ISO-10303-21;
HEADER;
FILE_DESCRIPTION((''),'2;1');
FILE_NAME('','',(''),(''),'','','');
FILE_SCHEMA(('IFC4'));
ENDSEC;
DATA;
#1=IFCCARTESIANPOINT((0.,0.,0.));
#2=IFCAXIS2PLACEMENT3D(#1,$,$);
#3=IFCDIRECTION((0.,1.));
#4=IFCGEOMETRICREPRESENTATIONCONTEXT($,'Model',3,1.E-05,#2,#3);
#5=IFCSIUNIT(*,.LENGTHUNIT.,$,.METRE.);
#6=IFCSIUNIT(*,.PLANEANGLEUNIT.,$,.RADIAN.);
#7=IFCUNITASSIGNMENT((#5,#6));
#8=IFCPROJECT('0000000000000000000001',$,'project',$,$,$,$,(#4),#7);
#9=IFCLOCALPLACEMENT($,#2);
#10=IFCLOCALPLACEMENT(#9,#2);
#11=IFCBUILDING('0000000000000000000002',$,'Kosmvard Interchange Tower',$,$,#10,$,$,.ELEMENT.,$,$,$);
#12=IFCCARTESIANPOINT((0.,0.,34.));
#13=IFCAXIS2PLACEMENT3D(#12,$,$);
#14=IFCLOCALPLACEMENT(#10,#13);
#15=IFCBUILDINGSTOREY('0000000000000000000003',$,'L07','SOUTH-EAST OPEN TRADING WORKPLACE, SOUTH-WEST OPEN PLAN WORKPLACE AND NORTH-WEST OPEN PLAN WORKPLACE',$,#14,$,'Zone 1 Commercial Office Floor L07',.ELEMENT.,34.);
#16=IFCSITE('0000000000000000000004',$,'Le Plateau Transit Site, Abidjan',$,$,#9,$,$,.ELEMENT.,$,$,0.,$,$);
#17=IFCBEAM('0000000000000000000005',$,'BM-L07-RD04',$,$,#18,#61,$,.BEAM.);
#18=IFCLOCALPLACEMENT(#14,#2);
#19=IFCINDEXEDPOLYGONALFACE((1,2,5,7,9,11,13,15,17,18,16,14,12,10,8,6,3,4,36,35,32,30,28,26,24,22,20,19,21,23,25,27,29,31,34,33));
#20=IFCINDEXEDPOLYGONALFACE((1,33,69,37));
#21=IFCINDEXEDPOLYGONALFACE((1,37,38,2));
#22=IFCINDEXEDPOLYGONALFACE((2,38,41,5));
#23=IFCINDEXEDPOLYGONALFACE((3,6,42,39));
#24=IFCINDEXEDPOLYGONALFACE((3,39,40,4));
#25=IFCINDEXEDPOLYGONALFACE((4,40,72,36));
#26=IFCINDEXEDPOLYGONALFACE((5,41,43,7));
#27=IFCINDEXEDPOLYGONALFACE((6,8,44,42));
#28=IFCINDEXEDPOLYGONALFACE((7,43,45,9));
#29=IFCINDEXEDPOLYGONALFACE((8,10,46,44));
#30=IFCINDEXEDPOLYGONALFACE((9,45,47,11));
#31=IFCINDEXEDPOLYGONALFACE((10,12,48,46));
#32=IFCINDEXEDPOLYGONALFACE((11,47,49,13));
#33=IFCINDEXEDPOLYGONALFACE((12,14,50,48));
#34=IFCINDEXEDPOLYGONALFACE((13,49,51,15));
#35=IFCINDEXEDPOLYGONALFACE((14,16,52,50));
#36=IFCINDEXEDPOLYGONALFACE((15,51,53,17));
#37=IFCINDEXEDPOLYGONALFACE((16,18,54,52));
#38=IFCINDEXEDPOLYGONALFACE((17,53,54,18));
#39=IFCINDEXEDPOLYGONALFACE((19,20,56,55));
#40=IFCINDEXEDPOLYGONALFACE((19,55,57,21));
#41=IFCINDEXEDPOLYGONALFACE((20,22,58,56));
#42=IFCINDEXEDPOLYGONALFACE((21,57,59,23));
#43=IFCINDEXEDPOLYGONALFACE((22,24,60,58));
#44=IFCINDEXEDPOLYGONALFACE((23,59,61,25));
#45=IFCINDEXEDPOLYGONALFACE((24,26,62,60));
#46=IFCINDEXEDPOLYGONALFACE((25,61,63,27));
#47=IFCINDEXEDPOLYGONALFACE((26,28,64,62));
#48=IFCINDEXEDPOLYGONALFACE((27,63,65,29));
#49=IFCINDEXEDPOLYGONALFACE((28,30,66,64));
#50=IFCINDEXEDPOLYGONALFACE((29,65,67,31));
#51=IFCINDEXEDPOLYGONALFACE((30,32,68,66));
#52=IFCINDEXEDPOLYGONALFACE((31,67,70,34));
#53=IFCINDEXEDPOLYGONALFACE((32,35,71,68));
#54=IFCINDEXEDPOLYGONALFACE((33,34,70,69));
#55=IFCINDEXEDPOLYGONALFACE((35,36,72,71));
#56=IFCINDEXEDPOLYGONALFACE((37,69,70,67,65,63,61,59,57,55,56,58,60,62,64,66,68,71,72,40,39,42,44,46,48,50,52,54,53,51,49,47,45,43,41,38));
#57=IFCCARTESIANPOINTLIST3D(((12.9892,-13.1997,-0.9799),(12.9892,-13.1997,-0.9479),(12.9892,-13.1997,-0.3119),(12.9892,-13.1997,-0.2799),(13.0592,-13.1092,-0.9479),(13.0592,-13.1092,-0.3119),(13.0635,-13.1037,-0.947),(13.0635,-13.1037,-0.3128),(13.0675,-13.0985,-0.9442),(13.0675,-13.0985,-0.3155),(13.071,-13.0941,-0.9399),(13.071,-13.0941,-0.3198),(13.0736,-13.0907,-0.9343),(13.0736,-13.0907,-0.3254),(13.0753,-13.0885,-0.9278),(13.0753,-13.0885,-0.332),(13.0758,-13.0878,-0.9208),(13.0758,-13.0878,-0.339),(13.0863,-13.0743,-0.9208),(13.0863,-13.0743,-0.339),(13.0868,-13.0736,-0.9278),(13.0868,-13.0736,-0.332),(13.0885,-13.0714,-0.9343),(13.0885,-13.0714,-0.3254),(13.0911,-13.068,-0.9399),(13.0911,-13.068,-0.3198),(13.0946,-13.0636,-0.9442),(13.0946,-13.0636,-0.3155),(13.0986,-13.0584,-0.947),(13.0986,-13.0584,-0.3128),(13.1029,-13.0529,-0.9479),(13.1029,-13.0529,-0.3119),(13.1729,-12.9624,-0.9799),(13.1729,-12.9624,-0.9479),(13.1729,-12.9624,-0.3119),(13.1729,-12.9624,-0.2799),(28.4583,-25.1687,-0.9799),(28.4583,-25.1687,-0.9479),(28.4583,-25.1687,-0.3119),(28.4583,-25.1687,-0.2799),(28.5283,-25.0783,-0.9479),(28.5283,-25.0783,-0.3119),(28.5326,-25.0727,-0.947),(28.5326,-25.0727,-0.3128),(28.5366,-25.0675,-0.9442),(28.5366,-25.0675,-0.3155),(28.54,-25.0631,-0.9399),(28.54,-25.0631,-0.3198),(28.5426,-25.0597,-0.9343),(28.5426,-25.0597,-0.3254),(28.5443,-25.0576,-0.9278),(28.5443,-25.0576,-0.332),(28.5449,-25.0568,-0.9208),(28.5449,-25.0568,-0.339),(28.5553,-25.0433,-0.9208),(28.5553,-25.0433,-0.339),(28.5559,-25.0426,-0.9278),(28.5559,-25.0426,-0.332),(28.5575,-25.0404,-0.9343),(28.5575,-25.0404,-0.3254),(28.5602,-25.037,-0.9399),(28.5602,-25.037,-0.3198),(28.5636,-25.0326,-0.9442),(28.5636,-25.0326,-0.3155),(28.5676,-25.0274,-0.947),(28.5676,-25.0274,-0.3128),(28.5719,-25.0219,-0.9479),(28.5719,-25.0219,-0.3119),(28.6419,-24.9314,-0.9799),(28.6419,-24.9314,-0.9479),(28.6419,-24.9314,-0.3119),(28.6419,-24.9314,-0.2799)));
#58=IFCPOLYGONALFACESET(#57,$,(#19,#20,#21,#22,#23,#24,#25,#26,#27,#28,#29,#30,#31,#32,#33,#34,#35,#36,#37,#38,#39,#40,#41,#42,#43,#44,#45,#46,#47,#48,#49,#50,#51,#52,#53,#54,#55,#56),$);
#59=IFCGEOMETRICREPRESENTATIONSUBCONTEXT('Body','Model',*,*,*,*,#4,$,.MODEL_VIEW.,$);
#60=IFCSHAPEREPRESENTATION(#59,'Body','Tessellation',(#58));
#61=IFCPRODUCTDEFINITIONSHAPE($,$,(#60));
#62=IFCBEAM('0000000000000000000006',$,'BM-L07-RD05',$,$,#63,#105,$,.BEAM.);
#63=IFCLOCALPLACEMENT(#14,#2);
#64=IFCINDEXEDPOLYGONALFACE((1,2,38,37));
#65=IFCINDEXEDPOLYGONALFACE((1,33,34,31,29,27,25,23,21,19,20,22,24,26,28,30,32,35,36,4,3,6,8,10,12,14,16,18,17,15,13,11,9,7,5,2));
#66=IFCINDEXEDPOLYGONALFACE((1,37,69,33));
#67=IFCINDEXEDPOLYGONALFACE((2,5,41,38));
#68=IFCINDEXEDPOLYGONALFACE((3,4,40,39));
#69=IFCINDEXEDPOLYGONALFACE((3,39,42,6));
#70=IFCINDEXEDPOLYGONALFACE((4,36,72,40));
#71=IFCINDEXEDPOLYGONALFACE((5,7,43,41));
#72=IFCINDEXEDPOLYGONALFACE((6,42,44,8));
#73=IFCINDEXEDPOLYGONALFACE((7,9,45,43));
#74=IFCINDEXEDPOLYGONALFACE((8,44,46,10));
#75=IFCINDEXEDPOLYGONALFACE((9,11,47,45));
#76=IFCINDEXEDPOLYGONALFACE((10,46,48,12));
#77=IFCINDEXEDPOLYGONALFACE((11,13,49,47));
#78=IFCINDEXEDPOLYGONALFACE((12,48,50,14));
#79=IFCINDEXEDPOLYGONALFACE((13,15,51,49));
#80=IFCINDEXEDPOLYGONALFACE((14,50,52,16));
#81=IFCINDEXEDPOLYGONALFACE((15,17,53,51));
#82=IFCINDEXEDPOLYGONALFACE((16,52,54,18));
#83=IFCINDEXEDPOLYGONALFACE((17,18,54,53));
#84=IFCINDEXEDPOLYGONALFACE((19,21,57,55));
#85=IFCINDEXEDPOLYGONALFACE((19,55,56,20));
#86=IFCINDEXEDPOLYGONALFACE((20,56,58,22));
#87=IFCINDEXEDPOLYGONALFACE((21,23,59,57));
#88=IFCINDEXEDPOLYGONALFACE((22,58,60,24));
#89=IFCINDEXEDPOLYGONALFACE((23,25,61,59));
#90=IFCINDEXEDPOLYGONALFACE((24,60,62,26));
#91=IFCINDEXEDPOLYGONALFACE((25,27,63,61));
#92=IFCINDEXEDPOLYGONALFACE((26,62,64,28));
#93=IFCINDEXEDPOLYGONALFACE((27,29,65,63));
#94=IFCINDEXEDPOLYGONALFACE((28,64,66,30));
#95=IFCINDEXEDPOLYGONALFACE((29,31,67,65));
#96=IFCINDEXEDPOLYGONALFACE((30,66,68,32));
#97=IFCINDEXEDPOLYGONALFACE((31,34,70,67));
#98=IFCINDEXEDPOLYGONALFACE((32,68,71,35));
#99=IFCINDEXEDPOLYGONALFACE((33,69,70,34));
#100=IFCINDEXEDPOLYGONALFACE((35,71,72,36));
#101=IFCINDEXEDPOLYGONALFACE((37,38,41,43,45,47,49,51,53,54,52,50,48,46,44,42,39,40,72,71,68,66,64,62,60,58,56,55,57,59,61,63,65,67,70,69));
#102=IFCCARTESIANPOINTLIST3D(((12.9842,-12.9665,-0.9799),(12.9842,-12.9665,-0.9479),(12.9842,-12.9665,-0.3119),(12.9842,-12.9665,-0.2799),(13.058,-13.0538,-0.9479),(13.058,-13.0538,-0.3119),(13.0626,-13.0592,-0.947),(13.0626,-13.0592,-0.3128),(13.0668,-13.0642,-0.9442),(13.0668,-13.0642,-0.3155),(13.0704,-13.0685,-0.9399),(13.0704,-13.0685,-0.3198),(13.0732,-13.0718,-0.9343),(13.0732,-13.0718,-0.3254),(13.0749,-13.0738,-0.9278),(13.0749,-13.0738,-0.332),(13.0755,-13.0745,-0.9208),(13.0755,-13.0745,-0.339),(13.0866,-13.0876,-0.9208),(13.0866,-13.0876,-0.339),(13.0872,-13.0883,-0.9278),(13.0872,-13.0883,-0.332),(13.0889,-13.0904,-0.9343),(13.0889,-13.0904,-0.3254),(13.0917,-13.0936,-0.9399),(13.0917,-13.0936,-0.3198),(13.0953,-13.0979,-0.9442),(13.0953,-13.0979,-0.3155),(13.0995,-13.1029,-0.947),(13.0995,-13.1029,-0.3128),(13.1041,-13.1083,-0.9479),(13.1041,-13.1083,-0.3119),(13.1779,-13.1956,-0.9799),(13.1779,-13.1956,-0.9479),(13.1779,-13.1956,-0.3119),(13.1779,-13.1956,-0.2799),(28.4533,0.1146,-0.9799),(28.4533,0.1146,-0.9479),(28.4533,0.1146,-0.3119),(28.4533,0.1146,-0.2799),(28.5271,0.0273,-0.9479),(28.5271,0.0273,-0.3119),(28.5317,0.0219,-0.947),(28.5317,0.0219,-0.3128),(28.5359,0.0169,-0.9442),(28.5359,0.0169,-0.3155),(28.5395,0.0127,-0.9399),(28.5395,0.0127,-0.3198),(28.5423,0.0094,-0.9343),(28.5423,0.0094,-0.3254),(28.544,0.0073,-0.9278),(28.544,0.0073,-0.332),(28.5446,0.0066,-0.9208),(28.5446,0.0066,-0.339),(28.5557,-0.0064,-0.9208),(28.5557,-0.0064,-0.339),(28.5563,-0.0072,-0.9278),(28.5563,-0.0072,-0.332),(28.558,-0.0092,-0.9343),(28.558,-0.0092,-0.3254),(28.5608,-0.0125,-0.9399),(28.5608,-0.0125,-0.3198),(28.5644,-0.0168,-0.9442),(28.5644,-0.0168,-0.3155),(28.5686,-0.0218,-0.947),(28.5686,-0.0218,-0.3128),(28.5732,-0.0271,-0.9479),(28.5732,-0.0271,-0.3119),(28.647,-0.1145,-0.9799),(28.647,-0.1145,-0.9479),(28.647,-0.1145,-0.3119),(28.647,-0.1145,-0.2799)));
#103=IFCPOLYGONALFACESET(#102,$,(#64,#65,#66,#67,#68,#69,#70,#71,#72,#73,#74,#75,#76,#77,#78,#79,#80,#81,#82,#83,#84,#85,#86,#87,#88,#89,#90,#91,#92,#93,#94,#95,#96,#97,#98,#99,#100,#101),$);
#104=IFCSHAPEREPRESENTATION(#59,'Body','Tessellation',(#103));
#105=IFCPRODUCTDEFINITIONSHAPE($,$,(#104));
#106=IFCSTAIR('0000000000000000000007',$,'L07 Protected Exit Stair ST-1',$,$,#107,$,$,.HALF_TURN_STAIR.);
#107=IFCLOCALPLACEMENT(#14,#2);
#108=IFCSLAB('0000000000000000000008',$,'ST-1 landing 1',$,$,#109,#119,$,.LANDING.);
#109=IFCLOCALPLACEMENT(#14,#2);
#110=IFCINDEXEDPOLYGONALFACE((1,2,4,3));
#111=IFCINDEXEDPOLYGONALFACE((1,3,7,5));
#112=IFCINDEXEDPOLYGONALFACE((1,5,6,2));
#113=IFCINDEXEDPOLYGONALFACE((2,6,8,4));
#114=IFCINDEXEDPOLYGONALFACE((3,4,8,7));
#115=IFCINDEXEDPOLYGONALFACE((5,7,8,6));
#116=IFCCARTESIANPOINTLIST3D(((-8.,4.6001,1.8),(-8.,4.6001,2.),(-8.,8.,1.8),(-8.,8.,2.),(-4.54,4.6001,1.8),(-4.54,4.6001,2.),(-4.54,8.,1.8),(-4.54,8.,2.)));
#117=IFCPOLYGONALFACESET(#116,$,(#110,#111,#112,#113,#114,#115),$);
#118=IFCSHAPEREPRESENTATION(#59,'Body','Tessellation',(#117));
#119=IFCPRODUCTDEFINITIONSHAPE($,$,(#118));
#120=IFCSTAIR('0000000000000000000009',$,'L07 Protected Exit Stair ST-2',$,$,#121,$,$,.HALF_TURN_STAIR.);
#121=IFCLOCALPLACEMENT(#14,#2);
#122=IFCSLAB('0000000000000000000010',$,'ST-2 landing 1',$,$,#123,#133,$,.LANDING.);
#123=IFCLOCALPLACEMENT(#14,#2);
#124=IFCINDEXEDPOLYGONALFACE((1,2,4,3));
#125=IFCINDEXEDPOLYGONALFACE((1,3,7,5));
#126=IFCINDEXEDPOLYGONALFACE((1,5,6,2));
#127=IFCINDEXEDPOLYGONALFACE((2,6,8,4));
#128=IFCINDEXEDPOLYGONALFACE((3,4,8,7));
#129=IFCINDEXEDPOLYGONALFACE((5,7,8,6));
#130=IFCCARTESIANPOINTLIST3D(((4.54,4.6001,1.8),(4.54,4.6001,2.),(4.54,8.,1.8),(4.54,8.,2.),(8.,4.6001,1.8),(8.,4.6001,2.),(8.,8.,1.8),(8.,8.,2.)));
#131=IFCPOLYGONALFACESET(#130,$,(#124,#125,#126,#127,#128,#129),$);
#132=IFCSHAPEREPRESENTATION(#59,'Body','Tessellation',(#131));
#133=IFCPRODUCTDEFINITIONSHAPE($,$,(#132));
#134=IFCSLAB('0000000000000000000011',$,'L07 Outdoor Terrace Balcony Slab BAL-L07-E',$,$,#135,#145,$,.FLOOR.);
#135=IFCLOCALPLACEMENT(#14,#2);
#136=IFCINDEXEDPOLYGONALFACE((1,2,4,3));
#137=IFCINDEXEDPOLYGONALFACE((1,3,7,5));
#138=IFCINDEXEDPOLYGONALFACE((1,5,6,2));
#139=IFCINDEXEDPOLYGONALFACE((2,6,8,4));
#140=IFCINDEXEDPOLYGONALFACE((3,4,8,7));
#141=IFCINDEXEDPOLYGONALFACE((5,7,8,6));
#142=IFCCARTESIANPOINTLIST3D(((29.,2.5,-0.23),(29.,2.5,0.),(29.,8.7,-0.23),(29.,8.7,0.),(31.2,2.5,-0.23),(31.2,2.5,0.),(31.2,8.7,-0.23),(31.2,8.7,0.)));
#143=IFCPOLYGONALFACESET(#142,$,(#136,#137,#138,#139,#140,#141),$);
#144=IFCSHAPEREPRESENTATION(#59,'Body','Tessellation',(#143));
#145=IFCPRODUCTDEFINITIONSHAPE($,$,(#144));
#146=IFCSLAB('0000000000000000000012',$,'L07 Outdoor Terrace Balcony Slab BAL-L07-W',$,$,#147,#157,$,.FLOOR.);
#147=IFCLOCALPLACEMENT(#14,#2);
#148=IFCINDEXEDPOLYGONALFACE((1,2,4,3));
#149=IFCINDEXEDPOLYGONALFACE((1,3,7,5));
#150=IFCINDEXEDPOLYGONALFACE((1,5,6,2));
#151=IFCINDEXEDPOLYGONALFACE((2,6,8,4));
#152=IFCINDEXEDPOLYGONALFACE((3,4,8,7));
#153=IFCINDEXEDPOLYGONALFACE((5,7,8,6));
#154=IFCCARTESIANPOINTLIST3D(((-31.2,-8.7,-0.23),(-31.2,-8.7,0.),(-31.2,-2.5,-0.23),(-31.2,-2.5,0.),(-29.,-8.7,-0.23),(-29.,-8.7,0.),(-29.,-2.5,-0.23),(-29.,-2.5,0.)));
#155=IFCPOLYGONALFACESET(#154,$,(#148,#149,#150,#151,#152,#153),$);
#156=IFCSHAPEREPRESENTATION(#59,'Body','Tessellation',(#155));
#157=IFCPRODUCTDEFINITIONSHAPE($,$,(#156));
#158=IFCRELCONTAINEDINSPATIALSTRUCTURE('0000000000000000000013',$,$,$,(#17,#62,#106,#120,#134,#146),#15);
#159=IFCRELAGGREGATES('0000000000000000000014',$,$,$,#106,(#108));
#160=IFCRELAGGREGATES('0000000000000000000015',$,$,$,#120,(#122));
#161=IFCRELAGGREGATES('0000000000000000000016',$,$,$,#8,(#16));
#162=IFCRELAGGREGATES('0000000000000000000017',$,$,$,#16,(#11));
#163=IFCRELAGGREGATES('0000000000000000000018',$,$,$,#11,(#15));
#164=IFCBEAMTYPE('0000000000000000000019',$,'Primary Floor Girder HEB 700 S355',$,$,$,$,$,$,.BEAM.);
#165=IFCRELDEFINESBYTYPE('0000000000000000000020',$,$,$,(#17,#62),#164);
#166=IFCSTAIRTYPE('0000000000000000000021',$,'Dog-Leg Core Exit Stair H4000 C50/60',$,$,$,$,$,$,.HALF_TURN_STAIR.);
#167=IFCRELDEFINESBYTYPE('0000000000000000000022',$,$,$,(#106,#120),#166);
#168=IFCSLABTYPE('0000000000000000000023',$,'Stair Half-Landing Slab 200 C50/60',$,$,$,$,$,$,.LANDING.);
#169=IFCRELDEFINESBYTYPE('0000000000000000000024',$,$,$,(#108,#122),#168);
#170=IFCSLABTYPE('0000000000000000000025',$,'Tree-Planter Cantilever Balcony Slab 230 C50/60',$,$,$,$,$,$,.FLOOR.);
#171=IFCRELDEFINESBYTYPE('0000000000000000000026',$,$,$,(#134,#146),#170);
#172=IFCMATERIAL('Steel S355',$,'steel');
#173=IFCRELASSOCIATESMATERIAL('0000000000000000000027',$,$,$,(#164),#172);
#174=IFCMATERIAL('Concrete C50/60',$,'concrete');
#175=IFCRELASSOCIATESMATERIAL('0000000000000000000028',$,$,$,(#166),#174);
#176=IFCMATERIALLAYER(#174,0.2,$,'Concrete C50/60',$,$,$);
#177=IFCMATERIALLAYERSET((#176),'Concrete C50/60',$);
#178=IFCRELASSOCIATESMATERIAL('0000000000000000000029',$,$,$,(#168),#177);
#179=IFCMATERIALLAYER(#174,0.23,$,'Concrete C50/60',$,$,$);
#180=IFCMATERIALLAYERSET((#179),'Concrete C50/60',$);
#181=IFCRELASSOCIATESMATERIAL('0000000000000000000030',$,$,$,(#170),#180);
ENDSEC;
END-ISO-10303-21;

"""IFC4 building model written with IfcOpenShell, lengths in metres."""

from ifc_helpers import new_model, si_unit, direction, frame, origin, origin_2d, place, context, subcontext, project, spatial, polyline, i_section, outline, extrude, source, transform, mapped, material, layer, layer_set, material_profile, profile_set, type_object, element, aggregate, save


model = new_model("IFC4")

# Units and contexts
model_context = context("Model", 3, precision=1e-05, world=origin(), true_north=direction((0.0, 1.0)))
body_context = subcontext(model_context, "Body", "Model", "MODEL_VIEW")
ifc_project = project(units=[si_unit("LENGTHUNIT", "METRE"), si_unit("PLANEANGLEUNIT", "RADIAN")], contexts=[model_context])

# Site, building, storey
site_placement = place(None, origin())
site = spatial("IfcSite", under=ifc_project, at=site_placement, Name="Le Plateau Transit Site, Abidjan", CompositionType="ELEMENT", RefElevation=0.0)
building_placement = place(site_placement, origin())
building = spatial("IfcBuilding", under=site, at=building_placement, Name="Kosmvard Interchange Tower", CompositionType="ELEMENT")
storey_placement = place(building_placement, frame((0.0, 0.0, 34.0)))
storey = spatial("IfcBuildingStorey", under=building, at=storey_placement, Name="L07", Description="SOUTH-EAST OPEN TRADING WORKPLACE, SOUTH-WEST OPEN PLAN WORKPLACE AND NORTH-WEST OPEN PLAN WORKPLACE", LongName="Zone 1 Commercial Office Floor L07", CompositionType="ELEMENT", Elevation=34.0)

# Beams
ifc_material_1 = material(Name="Steel S355", Category="steel")
ifc_material_profile_1 = material_profile(ifc_material_1, i_section(OverallWidth=0.3, OverallDepth=0.7, WebThickness=0.0171, FlangeThickness=0.032, FilletRadius=0.0271, at=origin_2d()), Name="HEB 700")
ifc_profile_set_1 = profile_set([ifc_material_profile_1], Name="Steel S355")
beam_type_1 = type_object("IfcBeamType", Name="Primary Floor Girder HEB 700 S355", PredefinedType="BEAM", material=ifc_profile_set_1)
shared_shape_1 = source(origin(), body_context, "Body", "SweptSolid", [
    extrude(i_section(OverallWidth=0.3, OverallDepth=0.7, WebThickness=0.0171, FlangeThickness=0.032, FilletRadius=0.0271, at=origin_2d()), origin(), (0.0, 0.0, 1.0), 19.5588),
])
beam_1_placement = place(storey_placement, frame((13.0811, -13.0811, -0.6299), z_axis=(0.790897, -0.611949, 0.0), x_axis=(0.611949, 0.790897, 0.0)))
element("IfcBeam", 1, at=beam_1_placement, inside=storey, type_object=beam_type_1, Name="BM-L07-RD04", PredefinedType="BEAM", context=body_context, shape_type="MappedRepresentation", body=[
    mapped(shared_shape_1, transform((0.0, 0.0, 0.0), scale=1.0)),
])
shared_shape_2 = source(origin(), body_context, "Body", "SweptSolid", [
    extrude(i_section(OverallWidth=0.3, OverallDepth=0.7, WebThickness=0.0171, FlangeThickness=0.032, FilletRadius=0.0271, at=origin_2d()), origin(), (0.0, 0.0, 1.0), 20.2585),
])
beam_2_placement = place(storey_placement, frame((13.0811, -13.0811, -0.6299), z_axis=(0.763583, 0.645709, 0.0), x_axis=(-0.645709, 0.763583, 0.0)))
element("IfcBeam", 2, at=beam_2_placement, inside=storey, type_object=beam_type_1, Name="BM-L07-RD05", PredefinedType="BEAM", context=body_context, shape_type="MappedRepresentation", body=[
    mapped(shared_shape_2, transform((0.0, 0.0, 0.0), scale=1.0)),
])

# Stairs, slabs
ifc_material_2 = material(Name="Concrete C50/60", Category="concrete")
stair_type = type_object("IfcStairType", Name="Dog-Leg Core Exit Stair H4000 C50/60", PredefinedType="HALF_TURN_STAIR", material=ifc_material_2)
stair_1_placement = place(storey_placement, origin())
stair_1 = element("IfcStair", 3, at=stair_1_placement, inside=storey, type_object=stair_type, Name="L07 Protected Exit Stair ST-1", PredefinedType="HALF_TURN_STAIR")
ifc_layer_1 = layer(ifc_material_2, 0.2, Name="Concrete C50/60")
ifc_layer_set_1 = layer_set([ifc_layer_1], Name="Concrete C50/60")
slab_type_1 = type_object("IfcSlabType", Name="Stair Half-Landing Slab 200 C50/60", PredefinedType="LANDING", material=ifc_layer_set_1)
slab_1_placement = place(storey_placement, frame((0.0, 0.0, 1.8)))
slab_1 = element("IfcSlab", 4, at=slab_1_placement, type_object=slab_type_1, Name="ST-1 landing 1", PredefinedType="LANDING", context=body_context, shape_type="SweptSolid", body=[
    extrude(outline(polyline([(-4.54, 4.6001), (-4.54, 8.0), (-8.0, 8.0), (-8.0, 4.6001), (-4.54, 4.6001)])), origin(), (0.0, 0.0, 1.0), 0.2),
])
aggregate(stair_1, [slab_1])
stair_2_placement = place(storey_placement, origin())
stair_2 = element("IfcStair", 5, at=stair_2_placement, inside=storey, type_object=stair_type, Name="L07 Protected Exit Stair ST-2", PredefinedType="HALF_TURN_STAIR")
slab_2_placement = place(storey_placement, frame((0.0, 0.0, 1.8)))
slab_2 = element("IfcSlab", 6, at=slab_2_placement, type_object=slab_type_1, Name="ST-2 landing 1", PredefinedType="LANDING", context=body_context, shape_type="SweptSolid", body=[
    extrude(outline(polyline([(8.0, 4.6001), (8.0, 8.0), (4.54, 8.0), (4.54, 4.6001), (8.0, 4.6001)])), origin(), (0.0, 0.0, 1.0), 0.2),
])
aggregate(stair_2, [slab_2])

# Slabs
ifc_layer_2 = layer(ifc_material_2, 0.23, Name="Concrete C50/60")
ifc_layer_set_2 = layer_set([ifc_layer_2], Name="Concrete C50/60")
slab_type_2 = type_object("IfcSlabType", Name="Tree-Planter Cantilever Balcony Slab 230 C50/60", PredefinedType="FLOOR", material=ifc_layer_set_2)
slab_3_placement = place(storey_placement, frame((0.0, 0.0, -0.23)))
element("IfcSlab", 7, at=slab_3_placement, inside=storey, type_object=slab_type_2, Name="L07 Outdoor Terrace Balcony Slab BAL-L07-E", PredefinedType="FLOOR", context=body_context, shape_type="SweptSolid", body=[
    extrude(outline(polyline([(29.0, 2.5), (31.2, 2.5), (31.2, 8.7), (29.0, 8.7), (29.0, 2.5)])), origin(), (0.0, 0.0, 1.0), 0.23),
])
slab_4_placement = place(storey_placement, frame((0.0, 0.0, -0.23)))
element("IfcSlab", 8, at=slab_4_placement, inside=storey, type_object=slab_type_2, Name="L07 Outdoor Terrace Balcony Slab BAL-L07-W", PredefinedType="FLOOR", context=body_context, shape_type="SweptSolid", body=[
    extrude(outline(polyline([(-31.2, -8.7), (-29.0, -8.7), (-29.0, -2.5), (-31.2, -2.5), (-31.2, -8.7)])), origin(), (0.0, 0.0, 1.0), 0.23),
])

save(model, "model.ifc")
